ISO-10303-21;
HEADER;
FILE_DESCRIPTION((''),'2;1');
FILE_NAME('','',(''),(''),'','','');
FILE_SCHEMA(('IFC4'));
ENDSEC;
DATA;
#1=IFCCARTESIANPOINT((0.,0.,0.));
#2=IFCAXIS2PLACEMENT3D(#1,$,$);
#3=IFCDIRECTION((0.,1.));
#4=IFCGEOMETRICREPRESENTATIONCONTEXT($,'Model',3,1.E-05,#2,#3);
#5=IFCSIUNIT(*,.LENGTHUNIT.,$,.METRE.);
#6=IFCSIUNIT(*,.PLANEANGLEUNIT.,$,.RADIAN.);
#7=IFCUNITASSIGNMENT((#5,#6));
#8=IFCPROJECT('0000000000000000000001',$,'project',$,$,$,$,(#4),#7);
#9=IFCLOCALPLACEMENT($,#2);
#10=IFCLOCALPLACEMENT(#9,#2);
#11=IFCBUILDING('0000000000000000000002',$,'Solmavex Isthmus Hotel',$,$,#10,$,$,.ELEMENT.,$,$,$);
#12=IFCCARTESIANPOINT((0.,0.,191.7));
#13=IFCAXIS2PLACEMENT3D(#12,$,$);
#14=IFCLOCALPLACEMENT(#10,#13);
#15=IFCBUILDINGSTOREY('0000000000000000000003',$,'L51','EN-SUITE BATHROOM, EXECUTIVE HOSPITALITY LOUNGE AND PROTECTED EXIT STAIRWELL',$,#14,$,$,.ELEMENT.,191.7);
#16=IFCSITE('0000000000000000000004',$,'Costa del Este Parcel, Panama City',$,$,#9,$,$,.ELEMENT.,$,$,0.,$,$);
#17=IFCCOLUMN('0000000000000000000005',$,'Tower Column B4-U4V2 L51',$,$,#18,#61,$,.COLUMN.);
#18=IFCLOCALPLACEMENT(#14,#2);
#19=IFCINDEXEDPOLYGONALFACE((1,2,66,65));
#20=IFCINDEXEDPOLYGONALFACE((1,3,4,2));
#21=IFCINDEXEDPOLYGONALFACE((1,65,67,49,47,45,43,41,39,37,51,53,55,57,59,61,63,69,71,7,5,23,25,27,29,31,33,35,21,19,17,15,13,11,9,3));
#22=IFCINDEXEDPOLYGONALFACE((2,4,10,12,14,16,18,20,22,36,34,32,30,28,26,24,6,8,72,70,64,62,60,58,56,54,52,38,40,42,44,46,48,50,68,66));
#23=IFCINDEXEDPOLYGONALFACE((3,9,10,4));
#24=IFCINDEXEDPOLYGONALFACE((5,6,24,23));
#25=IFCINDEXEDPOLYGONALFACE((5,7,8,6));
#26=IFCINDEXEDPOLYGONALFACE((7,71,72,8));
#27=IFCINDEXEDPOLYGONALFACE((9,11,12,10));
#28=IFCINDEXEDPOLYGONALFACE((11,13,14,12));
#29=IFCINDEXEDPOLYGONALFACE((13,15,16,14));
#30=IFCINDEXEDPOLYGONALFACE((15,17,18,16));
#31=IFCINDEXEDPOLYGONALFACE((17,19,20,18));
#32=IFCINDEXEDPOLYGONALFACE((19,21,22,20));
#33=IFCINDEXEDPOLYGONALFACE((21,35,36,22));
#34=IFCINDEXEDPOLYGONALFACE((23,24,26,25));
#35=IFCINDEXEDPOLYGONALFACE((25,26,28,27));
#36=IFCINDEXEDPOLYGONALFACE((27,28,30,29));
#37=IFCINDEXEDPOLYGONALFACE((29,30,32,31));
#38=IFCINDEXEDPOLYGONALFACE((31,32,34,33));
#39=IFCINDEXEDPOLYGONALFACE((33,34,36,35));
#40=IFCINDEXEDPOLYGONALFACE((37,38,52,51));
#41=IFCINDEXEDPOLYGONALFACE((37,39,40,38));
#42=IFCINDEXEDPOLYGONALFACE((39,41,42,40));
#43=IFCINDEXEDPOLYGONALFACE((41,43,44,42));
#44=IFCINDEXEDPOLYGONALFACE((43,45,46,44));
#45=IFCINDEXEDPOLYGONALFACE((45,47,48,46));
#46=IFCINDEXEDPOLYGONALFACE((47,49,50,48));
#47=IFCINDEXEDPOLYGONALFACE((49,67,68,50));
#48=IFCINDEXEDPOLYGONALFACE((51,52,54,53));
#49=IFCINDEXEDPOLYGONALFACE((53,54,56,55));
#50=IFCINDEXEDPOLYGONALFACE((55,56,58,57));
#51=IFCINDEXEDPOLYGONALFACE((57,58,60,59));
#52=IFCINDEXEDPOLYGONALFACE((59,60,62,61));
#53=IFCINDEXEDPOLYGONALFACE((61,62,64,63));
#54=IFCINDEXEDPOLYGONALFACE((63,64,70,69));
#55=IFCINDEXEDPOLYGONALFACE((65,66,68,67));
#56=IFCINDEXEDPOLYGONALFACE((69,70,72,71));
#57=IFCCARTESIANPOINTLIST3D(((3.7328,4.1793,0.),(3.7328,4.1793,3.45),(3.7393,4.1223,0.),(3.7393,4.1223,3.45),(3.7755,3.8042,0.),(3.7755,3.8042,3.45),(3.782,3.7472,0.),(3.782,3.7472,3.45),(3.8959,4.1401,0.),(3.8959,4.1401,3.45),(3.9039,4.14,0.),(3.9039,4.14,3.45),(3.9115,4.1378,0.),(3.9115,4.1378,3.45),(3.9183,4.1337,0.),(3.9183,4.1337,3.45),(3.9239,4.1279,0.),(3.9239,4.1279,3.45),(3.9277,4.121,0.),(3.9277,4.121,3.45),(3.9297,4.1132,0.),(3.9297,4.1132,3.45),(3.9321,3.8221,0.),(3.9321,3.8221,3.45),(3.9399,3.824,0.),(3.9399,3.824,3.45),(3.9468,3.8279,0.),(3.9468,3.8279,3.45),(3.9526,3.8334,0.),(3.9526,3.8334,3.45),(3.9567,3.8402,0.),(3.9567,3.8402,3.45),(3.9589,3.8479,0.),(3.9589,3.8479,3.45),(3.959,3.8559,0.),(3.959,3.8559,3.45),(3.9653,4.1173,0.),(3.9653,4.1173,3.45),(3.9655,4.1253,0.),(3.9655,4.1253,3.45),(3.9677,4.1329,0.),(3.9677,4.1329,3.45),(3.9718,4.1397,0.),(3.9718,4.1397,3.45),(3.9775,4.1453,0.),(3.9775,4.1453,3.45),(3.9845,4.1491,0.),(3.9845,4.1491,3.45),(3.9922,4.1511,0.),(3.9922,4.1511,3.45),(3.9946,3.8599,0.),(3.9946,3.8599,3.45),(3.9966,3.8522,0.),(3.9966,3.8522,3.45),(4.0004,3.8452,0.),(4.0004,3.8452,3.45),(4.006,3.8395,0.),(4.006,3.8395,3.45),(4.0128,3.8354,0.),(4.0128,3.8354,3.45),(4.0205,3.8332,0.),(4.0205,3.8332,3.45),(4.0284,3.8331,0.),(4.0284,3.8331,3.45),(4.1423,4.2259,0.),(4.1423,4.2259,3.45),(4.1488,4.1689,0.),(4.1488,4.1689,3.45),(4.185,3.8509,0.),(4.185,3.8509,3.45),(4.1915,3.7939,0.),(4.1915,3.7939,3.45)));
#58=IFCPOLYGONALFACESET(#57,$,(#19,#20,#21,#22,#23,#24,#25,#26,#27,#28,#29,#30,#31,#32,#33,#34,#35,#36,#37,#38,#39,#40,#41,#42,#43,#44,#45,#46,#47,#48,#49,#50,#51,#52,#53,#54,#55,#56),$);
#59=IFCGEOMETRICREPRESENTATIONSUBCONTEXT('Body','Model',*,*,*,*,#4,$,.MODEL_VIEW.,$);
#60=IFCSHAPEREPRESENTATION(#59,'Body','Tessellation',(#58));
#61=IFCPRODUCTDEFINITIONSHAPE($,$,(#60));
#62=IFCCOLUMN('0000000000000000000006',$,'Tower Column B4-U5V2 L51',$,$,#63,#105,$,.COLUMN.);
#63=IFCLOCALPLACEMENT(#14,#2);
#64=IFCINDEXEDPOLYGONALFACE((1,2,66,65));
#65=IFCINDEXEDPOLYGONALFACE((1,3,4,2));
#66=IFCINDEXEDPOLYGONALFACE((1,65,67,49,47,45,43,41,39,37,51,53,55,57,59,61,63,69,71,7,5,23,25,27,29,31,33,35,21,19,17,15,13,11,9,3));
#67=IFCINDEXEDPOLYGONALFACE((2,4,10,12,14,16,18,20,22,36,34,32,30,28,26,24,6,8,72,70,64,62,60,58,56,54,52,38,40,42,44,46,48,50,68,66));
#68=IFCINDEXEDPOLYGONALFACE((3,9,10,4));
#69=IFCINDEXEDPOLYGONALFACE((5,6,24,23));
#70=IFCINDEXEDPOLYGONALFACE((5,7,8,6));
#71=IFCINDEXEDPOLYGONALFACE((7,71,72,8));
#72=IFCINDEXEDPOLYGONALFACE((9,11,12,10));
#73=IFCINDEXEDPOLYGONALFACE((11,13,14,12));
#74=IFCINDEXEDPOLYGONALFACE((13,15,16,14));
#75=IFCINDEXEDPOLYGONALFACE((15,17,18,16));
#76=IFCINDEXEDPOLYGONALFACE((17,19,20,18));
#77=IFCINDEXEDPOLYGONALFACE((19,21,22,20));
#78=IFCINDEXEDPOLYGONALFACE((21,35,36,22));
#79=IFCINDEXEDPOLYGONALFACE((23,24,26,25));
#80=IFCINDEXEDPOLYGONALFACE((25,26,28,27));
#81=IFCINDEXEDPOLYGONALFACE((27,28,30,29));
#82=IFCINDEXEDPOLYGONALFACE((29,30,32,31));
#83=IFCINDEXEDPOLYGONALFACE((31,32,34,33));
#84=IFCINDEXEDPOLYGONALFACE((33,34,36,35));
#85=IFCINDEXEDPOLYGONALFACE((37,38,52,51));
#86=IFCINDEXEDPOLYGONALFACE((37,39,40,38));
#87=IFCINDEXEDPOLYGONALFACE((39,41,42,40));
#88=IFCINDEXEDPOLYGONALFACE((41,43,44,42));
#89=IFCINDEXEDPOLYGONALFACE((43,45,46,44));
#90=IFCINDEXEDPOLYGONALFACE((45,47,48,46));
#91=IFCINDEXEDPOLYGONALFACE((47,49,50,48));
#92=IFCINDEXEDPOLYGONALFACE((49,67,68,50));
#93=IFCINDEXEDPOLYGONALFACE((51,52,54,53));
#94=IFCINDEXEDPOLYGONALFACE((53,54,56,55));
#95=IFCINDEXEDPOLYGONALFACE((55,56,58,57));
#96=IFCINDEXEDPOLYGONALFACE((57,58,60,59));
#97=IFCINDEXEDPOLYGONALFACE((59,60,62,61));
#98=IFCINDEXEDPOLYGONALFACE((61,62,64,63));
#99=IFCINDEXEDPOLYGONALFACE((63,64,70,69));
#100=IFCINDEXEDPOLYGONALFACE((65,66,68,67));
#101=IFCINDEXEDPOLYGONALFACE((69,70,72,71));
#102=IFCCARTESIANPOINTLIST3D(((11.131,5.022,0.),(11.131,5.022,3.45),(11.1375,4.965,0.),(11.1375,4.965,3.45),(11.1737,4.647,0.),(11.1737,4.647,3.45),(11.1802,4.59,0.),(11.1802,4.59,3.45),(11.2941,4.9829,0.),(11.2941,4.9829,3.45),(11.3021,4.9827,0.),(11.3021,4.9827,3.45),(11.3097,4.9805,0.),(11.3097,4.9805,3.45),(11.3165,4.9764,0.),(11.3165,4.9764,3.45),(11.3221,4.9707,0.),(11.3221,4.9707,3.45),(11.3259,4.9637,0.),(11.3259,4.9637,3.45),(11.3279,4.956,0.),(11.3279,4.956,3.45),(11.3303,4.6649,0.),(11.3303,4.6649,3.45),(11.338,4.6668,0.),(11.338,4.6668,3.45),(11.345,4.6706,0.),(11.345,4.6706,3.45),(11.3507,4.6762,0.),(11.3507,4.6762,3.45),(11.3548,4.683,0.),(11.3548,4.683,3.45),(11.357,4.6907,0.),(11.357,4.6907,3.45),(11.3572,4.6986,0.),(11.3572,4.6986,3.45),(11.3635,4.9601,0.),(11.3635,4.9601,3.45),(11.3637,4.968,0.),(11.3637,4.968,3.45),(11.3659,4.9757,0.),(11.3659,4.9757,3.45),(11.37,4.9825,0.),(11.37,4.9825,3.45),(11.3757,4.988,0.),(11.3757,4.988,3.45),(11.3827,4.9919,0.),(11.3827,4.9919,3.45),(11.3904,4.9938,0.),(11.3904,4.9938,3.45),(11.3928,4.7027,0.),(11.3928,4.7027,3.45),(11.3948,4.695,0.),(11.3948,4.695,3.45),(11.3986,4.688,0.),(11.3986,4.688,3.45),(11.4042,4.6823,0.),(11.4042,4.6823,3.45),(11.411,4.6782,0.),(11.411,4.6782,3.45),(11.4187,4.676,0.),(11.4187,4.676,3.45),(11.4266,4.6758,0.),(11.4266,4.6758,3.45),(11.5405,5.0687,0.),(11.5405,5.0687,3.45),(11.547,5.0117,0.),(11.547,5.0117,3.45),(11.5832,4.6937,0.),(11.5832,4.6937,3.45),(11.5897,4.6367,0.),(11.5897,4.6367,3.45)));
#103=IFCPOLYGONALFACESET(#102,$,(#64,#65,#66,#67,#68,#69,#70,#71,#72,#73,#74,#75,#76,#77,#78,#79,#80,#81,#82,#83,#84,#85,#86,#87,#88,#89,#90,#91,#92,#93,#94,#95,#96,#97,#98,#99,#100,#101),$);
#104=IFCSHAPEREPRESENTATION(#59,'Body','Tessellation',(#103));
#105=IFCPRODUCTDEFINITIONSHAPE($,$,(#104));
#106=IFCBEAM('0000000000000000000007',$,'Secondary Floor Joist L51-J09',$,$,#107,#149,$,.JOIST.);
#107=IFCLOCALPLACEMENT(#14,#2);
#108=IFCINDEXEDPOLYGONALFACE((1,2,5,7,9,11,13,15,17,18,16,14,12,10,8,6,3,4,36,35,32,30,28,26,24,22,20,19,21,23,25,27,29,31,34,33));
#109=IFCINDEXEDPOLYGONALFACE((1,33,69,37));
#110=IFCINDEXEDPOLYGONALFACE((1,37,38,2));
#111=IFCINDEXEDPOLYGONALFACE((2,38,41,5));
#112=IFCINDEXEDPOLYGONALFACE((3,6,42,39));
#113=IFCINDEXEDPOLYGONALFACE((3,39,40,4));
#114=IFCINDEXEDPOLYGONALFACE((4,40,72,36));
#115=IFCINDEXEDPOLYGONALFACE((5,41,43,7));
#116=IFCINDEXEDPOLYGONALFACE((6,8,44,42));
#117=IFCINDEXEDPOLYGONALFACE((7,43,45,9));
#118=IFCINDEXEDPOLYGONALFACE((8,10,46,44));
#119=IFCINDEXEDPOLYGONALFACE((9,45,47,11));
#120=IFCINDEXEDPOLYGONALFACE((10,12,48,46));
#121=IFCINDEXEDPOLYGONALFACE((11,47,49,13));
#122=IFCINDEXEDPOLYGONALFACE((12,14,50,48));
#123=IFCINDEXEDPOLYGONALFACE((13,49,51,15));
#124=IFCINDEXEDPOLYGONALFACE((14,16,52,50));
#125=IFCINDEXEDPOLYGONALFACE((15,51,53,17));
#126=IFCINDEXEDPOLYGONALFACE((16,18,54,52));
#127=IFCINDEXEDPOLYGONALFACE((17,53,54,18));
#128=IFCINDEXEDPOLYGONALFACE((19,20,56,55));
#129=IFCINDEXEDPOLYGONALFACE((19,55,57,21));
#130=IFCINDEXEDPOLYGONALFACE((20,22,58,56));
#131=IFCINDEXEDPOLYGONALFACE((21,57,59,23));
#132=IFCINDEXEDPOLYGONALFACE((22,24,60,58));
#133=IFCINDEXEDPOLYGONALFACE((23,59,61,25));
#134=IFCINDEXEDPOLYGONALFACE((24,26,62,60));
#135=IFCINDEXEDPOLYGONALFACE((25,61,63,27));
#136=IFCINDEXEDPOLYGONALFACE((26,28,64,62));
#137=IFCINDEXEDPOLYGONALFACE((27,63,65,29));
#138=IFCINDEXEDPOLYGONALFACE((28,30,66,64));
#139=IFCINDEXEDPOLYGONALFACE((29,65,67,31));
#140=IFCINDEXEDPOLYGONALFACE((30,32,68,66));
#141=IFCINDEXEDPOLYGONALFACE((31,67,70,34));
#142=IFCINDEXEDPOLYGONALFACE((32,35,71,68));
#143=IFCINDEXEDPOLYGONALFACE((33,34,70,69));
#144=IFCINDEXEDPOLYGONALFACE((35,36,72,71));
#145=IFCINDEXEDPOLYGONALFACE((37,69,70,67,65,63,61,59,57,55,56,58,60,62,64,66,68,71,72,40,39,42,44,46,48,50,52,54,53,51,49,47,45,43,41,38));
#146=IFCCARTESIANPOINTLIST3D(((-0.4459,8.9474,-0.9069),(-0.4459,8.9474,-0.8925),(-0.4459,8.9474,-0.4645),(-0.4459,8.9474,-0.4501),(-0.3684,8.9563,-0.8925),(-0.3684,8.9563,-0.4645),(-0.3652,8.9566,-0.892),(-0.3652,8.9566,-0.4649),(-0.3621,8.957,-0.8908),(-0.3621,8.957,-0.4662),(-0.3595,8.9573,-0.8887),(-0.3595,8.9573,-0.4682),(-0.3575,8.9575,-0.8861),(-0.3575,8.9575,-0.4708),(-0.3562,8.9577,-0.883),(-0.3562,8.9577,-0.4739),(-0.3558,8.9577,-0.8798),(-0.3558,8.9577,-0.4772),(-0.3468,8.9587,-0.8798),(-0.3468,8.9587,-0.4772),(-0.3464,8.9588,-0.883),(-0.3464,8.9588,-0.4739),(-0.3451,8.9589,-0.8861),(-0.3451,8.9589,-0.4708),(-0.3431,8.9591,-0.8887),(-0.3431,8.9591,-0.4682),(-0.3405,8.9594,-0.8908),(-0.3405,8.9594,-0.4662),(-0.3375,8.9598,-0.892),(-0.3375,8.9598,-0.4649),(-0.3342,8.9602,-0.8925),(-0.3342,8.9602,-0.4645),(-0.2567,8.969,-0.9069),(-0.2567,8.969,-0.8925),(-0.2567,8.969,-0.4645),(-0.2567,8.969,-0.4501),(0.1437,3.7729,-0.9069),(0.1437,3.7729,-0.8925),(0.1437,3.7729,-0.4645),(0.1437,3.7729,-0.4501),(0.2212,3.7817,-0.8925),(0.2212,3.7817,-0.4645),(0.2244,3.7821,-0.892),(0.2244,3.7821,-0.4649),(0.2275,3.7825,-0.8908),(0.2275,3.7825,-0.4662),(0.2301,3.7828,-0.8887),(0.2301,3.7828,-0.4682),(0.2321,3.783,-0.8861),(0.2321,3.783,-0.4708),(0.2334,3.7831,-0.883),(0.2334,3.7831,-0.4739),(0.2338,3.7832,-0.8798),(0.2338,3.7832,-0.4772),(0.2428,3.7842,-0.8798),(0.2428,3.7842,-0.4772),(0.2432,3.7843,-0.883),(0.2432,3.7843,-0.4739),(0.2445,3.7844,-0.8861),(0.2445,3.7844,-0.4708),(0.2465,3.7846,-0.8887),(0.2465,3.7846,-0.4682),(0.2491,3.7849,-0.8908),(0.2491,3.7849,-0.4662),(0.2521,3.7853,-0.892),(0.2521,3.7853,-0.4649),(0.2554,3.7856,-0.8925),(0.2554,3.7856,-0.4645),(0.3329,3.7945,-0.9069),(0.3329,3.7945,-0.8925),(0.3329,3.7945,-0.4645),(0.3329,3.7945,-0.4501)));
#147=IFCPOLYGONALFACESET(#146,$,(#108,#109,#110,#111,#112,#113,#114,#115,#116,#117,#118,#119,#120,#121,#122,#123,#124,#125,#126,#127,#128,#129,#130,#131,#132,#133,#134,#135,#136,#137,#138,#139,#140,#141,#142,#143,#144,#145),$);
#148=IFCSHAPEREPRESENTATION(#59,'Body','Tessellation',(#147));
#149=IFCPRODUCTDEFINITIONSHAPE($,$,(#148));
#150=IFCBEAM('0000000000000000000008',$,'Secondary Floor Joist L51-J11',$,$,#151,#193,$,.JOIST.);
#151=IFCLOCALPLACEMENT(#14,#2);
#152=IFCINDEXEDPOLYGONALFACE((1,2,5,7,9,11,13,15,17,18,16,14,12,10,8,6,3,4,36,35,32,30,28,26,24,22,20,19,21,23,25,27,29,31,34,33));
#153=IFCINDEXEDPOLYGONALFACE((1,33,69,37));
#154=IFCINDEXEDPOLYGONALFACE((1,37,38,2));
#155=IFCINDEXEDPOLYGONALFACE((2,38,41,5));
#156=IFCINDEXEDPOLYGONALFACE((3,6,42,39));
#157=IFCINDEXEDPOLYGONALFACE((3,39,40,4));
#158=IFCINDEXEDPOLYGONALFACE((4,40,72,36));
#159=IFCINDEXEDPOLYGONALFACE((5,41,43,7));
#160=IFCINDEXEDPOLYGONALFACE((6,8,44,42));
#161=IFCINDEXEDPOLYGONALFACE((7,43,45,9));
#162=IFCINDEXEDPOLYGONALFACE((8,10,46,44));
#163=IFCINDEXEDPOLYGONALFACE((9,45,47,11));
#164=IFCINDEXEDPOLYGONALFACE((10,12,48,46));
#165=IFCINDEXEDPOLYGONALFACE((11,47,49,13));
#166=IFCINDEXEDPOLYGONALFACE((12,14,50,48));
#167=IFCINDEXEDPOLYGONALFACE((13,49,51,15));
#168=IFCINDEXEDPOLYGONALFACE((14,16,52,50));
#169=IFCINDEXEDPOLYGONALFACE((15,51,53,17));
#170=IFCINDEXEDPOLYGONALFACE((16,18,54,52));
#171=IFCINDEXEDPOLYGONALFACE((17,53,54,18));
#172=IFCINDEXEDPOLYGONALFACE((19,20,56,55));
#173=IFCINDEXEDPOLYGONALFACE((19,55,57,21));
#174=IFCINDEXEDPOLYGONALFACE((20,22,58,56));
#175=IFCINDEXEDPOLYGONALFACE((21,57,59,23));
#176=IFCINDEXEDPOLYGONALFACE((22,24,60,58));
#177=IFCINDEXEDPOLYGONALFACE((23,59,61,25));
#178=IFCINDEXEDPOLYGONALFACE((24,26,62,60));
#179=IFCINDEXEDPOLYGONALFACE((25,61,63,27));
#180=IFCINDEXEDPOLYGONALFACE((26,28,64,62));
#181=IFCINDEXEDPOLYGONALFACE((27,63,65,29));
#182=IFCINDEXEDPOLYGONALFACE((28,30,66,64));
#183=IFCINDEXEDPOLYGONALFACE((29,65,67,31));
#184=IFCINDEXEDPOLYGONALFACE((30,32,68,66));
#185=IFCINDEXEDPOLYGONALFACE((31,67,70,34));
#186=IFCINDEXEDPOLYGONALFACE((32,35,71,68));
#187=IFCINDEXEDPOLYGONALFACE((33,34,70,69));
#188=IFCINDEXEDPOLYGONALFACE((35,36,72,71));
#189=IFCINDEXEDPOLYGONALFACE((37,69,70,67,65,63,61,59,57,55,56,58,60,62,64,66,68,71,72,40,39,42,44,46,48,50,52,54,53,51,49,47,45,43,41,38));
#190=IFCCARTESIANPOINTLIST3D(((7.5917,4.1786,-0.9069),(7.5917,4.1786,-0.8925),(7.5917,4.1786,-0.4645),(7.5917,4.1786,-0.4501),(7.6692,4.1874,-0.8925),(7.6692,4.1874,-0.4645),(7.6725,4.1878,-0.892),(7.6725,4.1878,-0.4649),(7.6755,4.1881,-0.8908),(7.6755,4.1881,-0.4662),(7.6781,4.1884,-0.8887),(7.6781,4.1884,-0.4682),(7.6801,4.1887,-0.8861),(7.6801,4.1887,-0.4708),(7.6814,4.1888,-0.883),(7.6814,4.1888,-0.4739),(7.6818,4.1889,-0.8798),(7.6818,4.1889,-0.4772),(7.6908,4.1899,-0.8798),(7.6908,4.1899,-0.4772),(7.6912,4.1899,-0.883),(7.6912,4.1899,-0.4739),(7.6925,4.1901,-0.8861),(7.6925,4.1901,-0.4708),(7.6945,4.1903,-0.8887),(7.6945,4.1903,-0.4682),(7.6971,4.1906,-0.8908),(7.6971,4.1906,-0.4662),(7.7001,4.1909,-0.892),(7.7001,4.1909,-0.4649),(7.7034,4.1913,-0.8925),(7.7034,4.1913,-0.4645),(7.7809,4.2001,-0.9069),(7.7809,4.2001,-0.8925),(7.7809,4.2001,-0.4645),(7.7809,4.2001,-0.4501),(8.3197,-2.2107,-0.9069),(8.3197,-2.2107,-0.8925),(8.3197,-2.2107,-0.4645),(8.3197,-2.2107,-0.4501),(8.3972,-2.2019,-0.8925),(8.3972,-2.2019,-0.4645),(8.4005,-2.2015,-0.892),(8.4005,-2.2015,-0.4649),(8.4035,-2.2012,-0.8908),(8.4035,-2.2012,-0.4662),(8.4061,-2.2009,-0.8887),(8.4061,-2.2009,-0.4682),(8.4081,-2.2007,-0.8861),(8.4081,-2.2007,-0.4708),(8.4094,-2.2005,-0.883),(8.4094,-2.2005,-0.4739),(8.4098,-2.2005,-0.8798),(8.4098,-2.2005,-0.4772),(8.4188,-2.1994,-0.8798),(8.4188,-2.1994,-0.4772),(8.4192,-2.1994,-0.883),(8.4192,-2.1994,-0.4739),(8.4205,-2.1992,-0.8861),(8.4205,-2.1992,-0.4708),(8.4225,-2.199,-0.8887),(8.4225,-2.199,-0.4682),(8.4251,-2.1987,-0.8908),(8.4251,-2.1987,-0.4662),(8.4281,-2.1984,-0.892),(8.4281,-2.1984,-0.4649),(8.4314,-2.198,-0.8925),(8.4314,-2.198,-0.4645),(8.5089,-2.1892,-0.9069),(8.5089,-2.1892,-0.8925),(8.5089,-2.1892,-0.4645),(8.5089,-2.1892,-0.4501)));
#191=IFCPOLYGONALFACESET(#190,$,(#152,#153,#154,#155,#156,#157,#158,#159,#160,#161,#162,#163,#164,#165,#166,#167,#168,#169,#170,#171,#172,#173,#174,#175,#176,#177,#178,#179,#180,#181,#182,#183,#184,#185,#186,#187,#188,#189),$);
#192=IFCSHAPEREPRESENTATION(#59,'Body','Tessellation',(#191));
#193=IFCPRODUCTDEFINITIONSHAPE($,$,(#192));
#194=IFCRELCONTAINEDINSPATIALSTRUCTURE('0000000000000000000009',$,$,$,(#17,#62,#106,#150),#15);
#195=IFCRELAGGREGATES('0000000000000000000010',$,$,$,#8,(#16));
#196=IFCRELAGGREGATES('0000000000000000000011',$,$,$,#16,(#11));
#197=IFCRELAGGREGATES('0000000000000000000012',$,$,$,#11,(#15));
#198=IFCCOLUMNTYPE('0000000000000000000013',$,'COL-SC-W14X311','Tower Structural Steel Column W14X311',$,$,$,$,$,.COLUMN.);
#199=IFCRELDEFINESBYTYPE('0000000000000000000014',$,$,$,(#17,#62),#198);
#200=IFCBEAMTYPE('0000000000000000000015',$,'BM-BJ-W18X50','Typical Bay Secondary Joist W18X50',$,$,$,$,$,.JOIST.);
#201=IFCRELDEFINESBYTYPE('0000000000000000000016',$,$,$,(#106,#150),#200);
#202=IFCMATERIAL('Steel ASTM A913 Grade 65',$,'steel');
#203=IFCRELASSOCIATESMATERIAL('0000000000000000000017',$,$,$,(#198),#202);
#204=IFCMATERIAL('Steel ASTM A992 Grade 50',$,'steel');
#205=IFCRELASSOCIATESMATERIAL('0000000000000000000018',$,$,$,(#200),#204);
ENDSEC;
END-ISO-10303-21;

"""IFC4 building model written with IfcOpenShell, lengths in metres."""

from ifc_helpers import new_model, si_unit, direction, frame, origin, origin_2d, place, context, subcontext, project, spatial, i_section, extrude, material, material_profile, profile_set, type_object, element, save


model = new_model("IFC4")

# Units and contexts
model_context = context("Model", 3, precision=1e-05, world=origin(), true_north=direction((0.0, 1.0)))
body_context = subcontext(model_context, "Body", "Model", "MODEL_VIEW")
ifc_project = project(units=[si_unit("LENGTHUNIT", "METRE"), si_unit("PLANEANGLEUNIT", "RADIAN")], contexts=[model_context])

# Site, building, storey
site_placement = place(None, origin())
site = spatial("IfcSite", under=ifc_project, at=site_placement, Name="Costa del Este Parcel, Panama City", CompositionType="ELEMENT", RefElevation=0.0)
building_placement = place(site_placement, origin())
building = spatial("IfcBuilding", under=site, at=building_placement, Name="Solmavex Isthmus Hotel", CompositionType="ELEMENT")
storey_placement = place(building_placement, frame((0.0, 0.0, 191.7)))
storey = spatial("IfcBuildingStorey", under=building, at=storey_placement, Name="L51", Description="EN-SUITE BATHROOM, EXECUTIVE HOSPITALITY LOUNGE AND PROTECTED EXIT STAIRWELL", CompositionType="ELEMENT", Elevation=191.7)

# Columns
ifc_material_1 = material(Name="Steel ASTM A913 Grade 65", Category="steel")
ifc_material_profile_1 = material_profile(ifc_material_1, i_section(OverallWidth=0.4121, OverallDepth=0.4348, WebThickness=0.0359, FlangeThickness=0.0574, FilletRadius=0.0305, at=origin_2d()), Name="W14X311")
ifc_profile_set_1 = profile_set([ifc_material_profile_1], Name="Steel ASTM A913 Grade 65")
column_type = type_object("IfcColumnType", Name="COL-SC-W14X311", Description="Tower Structural Steel Column W14X311", PredefinedType="COLUMN", material=ifc_profile_set_1)
for number, where, z_axis, x_axis, name in (
    (1, (3.9622, 3.9866, 0.0), (0.0, 0.0, 1.0), (0.993572, 0.113203, 0.0), "Tower Column B4-U4V2 L51"),
    (2, (11.3604, 4.8293, 0.0), (0.0, 0.0, 1.0), (0.993572, 0.113203, 0.0), "Tower Column B4-U5V2 L51"),
):
    element("IfcColumn", number, at=place(storey_placement, frame(where, z_axis=z_axis, x_axis=x_axis)), inside=storey, type_object=column_type, Name=name, PredefinedType="COLUMN", context=body_context, shape_type="SweptSolid", body=[
        extrude(i_section(OverallWidth=0.4121, OverallDepth=0.4348, WebThickness=0.0359, FlangeThickness=0.0574, FilletRadius=0.0305, at=origin_2d()), origin(), (0.0, 0.0, 1.0), 3.45),
    ])

# Beams
ifc_material_2 = material(Name="Steel ASTM A992 Grade 50", Category="steel")
ifc_material_profile_2 = material_profile(ifc_material_2, i_section(OverallWidth=0.1904, OverallDepth=0.4568, WebThickness=0.009, FlangeThickness=0.0144, FilletRadius=0.0127, at=origin_2d()), Name="W18X50")
ifc_profile_set_2 = profile_set([ifc_material_profile_2], Name="Steel ASTM A992 Grade 50")
beam_type_1 = type_object("IfcBeamType", Name="BM-BJ-W18X50", Description="Typical Bay Secondary Joist W18X50", PredefinedType="JOIST", material=ifc_profile_set_2)
beam_1_placement = place(storey_placement, frame((0.2383, 3.7837, -0.6785), z_axis=(-0.113209, 0.993571, 0.0), x_axis=(-0.993571, -0.113209, 0.0)))
element("IfcBeam", 3, at=beam_1_placement, inside=storey, type_object=beam_type_1, Name="Secondary Floor Joist L51-J09", PredefinedType="JOIST", context=body_context, shape_type="SweptSolid", body=[
    extrude(i_section(OverallWidth=0.1904, OverallDepth=0.4568, WebThickness=0.009, FlangeThickness=0.0144, FilletRadius=0.0127, at=origin_2d()), origin(), (0.0, 0.0, 1.0), 5.208),
])
beam_2_placement = place(storey_placement, frame((8.4143, -2.2, -0.6785), z_axis=(-0.11321, 0.993571, 0.0), x_axis=(-0.993571, -0.11321, 0.0)))
element("IfcBeam", 4, at=beam_2_placement, inside=storey, type_object=beam_type_1, Name="Secondary Floor Joist L51-J11", PredefinedType="JOIST", context=body_context, shape_type="SweptSolid", body=[
    extrude(i_section(OverallWidth=0.1904, OverallDepth=0.4568, WebThickness=0.009, FlangeThickness=0.0144, FilletRadius=0.0127, at=origin_2d()), origin(), (0.0, 0.0, 1.0), 6.4307),
])

save(model, "model.ifc")
